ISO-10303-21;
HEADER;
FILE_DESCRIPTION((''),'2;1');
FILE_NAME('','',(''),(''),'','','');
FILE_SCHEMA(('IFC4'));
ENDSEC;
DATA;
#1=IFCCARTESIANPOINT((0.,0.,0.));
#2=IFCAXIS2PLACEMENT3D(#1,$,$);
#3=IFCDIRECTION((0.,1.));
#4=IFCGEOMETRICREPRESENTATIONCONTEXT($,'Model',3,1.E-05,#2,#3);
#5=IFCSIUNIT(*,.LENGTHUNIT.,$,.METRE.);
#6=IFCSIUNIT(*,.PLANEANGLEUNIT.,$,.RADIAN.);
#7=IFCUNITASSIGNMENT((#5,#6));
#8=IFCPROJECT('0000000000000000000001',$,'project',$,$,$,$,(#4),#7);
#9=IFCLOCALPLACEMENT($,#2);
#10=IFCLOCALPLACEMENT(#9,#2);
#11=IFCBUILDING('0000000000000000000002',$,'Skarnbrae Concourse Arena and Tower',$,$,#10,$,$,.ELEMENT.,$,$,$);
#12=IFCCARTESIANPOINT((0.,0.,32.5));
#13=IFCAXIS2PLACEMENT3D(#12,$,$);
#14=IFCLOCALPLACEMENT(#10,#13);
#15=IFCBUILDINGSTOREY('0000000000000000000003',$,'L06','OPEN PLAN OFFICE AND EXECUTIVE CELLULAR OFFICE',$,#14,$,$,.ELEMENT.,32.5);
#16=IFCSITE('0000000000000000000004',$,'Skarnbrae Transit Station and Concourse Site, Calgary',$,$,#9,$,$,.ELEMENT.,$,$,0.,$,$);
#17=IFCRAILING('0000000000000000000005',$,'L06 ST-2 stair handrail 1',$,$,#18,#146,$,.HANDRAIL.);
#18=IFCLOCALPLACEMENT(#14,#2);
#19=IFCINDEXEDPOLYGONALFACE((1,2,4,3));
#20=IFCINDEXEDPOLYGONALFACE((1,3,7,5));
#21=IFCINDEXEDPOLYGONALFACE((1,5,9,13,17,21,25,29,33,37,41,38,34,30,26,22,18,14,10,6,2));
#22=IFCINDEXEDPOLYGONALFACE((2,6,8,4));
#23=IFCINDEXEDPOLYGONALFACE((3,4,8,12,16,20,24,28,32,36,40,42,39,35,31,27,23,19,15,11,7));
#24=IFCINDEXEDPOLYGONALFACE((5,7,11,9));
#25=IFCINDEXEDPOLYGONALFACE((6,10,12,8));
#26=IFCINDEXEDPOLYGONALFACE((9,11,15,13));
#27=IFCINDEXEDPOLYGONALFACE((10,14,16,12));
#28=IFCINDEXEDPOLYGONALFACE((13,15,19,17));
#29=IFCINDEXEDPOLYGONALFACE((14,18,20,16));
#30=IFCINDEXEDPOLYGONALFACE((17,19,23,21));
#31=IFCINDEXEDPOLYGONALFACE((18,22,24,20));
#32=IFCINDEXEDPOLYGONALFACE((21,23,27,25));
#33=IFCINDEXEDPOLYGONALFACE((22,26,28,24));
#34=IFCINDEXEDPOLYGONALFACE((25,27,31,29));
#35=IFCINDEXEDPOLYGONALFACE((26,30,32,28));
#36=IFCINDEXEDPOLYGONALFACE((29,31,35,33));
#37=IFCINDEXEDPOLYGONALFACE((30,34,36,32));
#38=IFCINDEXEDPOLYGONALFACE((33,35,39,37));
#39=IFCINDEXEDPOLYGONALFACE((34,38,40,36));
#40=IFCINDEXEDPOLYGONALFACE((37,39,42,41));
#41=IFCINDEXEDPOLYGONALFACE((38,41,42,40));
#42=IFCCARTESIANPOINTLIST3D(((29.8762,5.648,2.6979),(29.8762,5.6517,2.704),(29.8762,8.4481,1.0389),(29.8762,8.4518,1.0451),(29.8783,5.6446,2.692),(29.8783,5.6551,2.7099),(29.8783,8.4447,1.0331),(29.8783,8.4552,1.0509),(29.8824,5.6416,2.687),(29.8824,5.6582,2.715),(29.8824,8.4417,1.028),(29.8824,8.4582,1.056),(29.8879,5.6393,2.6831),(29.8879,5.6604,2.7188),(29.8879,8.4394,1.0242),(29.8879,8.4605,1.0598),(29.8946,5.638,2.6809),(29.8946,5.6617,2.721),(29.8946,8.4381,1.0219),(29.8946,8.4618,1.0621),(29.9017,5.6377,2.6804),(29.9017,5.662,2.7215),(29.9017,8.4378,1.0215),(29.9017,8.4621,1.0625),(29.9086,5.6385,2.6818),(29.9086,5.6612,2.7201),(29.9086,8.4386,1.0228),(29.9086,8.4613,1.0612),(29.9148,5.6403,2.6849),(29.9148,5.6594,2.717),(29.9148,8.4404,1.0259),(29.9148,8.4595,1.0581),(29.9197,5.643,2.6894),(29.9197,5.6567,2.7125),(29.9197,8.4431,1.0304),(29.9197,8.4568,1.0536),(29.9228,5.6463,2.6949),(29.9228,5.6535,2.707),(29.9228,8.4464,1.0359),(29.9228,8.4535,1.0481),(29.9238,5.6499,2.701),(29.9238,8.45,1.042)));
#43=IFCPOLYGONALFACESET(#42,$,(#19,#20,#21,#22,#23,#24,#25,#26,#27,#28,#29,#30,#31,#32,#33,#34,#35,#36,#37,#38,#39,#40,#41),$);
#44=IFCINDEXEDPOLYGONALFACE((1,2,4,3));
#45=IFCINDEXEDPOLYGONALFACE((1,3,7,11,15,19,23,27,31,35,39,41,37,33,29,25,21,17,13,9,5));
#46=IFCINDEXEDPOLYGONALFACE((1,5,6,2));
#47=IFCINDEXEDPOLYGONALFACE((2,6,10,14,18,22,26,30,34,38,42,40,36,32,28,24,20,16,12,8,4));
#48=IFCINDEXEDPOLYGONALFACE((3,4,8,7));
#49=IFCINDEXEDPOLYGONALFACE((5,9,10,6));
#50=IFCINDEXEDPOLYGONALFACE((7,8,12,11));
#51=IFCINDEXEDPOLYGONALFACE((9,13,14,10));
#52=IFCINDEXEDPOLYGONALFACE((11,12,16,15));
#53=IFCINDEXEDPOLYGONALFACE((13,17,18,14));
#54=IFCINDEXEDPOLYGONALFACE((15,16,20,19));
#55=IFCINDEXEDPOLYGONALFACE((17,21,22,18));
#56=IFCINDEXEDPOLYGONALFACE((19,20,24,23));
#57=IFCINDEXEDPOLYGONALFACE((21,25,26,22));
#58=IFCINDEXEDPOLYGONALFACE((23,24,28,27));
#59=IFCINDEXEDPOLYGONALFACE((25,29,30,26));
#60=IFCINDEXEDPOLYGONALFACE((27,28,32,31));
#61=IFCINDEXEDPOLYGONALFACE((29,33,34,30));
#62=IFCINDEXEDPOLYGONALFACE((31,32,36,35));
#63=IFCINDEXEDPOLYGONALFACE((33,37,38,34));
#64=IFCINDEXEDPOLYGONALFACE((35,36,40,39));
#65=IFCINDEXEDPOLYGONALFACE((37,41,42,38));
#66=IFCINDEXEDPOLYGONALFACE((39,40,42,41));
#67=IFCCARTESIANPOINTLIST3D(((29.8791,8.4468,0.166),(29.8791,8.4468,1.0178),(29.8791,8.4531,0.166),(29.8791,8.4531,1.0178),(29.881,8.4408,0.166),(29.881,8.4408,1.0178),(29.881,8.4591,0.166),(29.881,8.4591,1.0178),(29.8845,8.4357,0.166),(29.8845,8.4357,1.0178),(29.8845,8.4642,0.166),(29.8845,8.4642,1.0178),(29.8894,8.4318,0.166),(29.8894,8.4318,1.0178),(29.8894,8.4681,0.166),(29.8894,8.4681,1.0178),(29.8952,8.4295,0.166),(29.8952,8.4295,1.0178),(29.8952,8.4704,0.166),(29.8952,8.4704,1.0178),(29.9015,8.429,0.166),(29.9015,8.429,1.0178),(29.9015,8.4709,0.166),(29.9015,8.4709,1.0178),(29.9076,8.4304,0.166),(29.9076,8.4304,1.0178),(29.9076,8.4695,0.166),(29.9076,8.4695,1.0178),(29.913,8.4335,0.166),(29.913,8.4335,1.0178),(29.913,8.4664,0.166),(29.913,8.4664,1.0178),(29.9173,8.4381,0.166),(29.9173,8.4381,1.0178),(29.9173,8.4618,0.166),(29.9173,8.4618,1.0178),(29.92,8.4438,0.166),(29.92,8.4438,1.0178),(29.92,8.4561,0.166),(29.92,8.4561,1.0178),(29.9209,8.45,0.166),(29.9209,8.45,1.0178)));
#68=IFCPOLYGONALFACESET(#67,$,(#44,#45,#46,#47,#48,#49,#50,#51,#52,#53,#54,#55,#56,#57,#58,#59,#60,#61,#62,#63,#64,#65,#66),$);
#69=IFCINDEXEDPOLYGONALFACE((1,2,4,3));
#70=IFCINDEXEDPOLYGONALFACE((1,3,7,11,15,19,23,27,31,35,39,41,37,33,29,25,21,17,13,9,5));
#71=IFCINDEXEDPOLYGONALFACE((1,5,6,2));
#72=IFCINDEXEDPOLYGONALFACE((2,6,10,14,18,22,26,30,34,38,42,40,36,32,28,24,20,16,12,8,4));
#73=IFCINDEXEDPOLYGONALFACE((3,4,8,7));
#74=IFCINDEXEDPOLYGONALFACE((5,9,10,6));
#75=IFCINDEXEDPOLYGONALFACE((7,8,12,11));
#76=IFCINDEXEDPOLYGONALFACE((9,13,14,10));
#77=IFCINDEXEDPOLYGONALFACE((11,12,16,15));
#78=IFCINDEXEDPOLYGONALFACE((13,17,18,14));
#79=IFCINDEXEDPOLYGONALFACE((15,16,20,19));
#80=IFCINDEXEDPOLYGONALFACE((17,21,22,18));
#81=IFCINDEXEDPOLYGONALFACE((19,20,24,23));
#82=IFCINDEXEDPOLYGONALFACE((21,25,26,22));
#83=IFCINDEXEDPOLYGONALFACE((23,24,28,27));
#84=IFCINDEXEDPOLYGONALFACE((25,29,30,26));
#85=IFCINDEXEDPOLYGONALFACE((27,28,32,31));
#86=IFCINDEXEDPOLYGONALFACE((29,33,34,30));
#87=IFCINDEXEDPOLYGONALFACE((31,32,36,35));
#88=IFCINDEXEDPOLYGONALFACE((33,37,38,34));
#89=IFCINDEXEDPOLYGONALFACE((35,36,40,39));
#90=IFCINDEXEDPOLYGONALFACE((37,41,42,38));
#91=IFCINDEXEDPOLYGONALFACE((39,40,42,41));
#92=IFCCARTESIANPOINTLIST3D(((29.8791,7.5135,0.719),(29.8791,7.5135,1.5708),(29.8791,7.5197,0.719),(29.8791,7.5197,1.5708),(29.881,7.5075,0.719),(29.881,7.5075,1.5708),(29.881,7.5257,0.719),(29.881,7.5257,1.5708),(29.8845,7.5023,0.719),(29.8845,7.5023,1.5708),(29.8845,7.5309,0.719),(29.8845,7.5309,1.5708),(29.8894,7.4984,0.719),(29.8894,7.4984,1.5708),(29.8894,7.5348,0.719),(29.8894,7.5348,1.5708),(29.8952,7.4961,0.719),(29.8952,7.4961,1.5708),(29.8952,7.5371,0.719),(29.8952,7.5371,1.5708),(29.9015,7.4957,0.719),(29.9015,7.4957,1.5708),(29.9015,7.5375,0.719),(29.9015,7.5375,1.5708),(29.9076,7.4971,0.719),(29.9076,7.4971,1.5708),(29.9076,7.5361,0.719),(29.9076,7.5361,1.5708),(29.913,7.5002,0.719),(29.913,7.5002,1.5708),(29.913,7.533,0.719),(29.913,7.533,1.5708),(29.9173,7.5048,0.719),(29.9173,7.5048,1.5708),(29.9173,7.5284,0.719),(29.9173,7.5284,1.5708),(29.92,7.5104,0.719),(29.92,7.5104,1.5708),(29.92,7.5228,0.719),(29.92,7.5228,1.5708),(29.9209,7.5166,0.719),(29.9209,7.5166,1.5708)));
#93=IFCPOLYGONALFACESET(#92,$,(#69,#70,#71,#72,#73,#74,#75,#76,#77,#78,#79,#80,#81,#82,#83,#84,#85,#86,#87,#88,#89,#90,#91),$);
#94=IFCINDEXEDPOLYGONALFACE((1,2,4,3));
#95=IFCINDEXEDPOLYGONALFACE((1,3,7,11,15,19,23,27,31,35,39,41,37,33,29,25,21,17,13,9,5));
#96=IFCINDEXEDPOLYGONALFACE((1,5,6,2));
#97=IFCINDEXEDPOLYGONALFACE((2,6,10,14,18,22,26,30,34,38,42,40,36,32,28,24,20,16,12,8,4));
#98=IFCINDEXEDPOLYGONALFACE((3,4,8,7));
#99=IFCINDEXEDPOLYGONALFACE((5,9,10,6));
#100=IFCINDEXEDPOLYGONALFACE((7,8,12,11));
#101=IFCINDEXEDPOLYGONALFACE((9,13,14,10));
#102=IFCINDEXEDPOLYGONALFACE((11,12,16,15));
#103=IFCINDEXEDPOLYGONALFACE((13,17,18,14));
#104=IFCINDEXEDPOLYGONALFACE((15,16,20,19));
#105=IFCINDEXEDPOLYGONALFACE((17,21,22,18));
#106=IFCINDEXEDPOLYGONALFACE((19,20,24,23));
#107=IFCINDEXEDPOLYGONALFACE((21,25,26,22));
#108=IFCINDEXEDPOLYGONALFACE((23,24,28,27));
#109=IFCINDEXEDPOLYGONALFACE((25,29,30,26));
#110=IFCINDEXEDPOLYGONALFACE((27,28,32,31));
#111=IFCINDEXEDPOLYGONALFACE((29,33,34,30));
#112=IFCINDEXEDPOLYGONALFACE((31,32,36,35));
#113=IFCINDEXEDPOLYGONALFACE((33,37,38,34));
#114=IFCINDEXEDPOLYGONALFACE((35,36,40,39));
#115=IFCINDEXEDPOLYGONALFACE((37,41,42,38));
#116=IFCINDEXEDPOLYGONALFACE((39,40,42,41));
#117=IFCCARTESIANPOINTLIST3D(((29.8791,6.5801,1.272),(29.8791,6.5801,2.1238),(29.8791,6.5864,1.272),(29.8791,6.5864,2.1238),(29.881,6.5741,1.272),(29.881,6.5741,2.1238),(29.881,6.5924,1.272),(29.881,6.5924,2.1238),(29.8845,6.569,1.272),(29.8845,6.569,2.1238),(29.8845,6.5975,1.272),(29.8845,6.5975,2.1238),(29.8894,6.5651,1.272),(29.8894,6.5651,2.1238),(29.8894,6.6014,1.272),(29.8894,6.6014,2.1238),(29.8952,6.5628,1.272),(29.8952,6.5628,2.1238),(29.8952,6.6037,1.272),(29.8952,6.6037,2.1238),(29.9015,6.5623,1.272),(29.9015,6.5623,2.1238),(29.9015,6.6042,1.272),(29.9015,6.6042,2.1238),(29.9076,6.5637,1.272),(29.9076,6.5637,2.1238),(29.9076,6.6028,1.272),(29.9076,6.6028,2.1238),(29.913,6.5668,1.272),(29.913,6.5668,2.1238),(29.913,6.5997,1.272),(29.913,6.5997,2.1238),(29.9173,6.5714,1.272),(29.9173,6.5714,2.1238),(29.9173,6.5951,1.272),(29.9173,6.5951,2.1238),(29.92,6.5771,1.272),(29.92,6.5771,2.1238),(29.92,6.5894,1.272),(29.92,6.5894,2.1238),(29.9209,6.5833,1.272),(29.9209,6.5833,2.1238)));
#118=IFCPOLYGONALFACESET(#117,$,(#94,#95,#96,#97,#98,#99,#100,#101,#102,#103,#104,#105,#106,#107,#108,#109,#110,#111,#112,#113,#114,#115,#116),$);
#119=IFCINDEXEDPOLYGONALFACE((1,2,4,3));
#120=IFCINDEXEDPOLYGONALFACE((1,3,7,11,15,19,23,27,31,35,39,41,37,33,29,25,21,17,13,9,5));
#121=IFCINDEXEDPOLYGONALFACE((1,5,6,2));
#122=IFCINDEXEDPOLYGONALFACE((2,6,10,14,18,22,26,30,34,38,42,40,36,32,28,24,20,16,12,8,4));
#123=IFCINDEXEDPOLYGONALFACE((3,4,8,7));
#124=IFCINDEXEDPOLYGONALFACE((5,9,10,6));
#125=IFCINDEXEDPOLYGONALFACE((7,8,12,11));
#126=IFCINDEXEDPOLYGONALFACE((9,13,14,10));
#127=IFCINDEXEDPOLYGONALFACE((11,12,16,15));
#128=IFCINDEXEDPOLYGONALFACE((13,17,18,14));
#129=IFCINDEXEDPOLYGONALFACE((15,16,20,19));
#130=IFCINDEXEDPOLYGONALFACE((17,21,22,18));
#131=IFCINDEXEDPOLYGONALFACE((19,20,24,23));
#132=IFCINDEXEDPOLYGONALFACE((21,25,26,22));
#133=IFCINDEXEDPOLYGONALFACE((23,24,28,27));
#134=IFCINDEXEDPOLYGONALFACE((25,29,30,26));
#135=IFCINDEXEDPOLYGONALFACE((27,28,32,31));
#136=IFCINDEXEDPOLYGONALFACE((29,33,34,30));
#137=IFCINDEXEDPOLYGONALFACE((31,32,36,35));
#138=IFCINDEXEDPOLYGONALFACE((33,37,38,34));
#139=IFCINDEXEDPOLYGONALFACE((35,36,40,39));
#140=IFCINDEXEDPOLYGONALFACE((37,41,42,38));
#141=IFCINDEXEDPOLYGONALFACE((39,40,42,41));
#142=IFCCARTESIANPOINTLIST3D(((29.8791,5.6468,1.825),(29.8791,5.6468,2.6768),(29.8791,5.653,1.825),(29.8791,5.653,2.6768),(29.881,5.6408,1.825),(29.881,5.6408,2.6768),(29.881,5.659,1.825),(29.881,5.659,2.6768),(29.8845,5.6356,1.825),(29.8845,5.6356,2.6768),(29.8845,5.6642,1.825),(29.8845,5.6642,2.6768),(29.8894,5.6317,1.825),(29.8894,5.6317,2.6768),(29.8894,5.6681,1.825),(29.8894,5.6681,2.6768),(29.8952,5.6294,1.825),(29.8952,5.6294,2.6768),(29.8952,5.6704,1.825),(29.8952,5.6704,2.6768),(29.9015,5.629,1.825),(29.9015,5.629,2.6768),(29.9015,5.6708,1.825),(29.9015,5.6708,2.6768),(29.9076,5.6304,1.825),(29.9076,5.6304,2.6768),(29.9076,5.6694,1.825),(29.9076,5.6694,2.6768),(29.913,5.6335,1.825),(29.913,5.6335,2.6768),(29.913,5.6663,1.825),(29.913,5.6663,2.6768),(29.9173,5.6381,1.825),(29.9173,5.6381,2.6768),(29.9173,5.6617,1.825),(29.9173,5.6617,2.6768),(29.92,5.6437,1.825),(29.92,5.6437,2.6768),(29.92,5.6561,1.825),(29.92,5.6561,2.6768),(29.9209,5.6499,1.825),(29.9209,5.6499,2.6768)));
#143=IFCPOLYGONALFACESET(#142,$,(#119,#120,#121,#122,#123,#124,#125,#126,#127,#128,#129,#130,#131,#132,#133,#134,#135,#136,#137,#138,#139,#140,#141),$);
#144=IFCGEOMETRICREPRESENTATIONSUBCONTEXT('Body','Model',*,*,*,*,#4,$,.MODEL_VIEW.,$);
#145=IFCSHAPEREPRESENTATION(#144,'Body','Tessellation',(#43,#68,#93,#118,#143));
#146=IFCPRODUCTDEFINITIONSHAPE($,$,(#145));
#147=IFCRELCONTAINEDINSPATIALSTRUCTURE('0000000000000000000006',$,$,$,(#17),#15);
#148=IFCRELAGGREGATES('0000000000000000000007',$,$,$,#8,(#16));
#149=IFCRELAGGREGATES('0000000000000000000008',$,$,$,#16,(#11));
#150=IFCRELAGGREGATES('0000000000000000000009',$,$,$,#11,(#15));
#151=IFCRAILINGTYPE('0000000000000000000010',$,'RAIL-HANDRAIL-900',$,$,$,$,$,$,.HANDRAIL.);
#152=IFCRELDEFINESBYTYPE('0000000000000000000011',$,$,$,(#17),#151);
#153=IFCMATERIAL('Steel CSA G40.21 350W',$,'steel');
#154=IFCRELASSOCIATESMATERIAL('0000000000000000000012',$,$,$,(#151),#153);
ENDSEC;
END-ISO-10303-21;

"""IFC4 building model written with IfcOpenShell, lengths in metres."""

from ifc_helpers import new_model, si_unit, direction, frame, origin, origin_2d, place, context, subcontext, project, spatial, circle, extrude, material, type_object, element, save


model = new_model("IFC4")

# Units and contexts
model_context = context("Model", 3, precision=1e-05, world=origin(), true_north=direction((0.0, 1.0)))
body_context = subcontext(model_context, "Body", "Model", "MODEL_VIEW")
ifc_project = project(units=[si_unit("LENGTHUNIT", "METRE"), si_unit("PLANEANGLEUNIT", "RADIAN")], contexts=[model_context])

# Site, building, storey
site_placement = place(None, origin())
site = spatial("IfcSite", under=ifc_project, at=site_placement, Name="Skarnbrae Transit Station and Concourse Site, Calgary", CompositionType="ELEMENT", RefElevation=0.0)
building_placement = place(site_placement, origin())
building = spatial("IfcBuilding", under=site, at=building_placement, Name="Skarnbrae Concourse Arena and Tower", CompositionType="ELEMENT")
storey_placement = place(building_placement, frame((0.0, 0.0, 32.5)))
storey = spatial("IfcBuildingStorey", under=building, at=storey_placement, Name="L06", Description="OPEN PLAN OFFICE AND EXECUTIVE CELLULAR OFFICE", CompositionType="ELEMENT", Elevation=32.5)

# Shared definitions
ifc_material_1 = material(Name="Steel CSA G40.21 350W", Category="steel")

# Railing
railing_type_1 = type_object("IfcRailingType", Name="RAIL-HANDRAIL-900", PredefinedType="HANDRAIL", material=ifc_material_1)
railing_1_placement = place(storey_placement, frame((29.8999, 8.45, 0.166)))
element("IfcRailing", 1, at=railing_1_placement, inside=storey, type_object=railing_type_1, Name="L06 ST-2 stair handrail 1", PredefinedType="HANDRAIL", context=body_context, shape_type="SweptSolid", body=[
    extrude(circle(Radius=0.0239, at=origin_2d()), frame((0.0, 0.0, 0.876), z_axis=(0.0, -0.860339, 0.509722), x_axis=(1.0, 0.0, 0.0)), (0.0, 0.0, 1.0), 3.2546),
    extrude(circle(Radius=0.021, at=origin_2d()), origin(), (0.0, 0.0, 1.0), 0.8518),
    extrude(circle(Radius=0.021, at=origin_2d()), frame((0.0, -0.9333, 0.553)), (0.0, 0.0, 1.0), 0.8518),
    extrude(circle(Radius=0.021, at=origin_2d()), frame((0.0, -1.8667, 1.106)), (0.0, 0.0, 1.0), 0.8518),
    extrude(circle(Radius=0.021, at=origin_2d()), frame((0.0, -2.8, 1.6589)), (0.0, 0.0, 1.0), 0.8518),
])

save(model, "model.ifc")
